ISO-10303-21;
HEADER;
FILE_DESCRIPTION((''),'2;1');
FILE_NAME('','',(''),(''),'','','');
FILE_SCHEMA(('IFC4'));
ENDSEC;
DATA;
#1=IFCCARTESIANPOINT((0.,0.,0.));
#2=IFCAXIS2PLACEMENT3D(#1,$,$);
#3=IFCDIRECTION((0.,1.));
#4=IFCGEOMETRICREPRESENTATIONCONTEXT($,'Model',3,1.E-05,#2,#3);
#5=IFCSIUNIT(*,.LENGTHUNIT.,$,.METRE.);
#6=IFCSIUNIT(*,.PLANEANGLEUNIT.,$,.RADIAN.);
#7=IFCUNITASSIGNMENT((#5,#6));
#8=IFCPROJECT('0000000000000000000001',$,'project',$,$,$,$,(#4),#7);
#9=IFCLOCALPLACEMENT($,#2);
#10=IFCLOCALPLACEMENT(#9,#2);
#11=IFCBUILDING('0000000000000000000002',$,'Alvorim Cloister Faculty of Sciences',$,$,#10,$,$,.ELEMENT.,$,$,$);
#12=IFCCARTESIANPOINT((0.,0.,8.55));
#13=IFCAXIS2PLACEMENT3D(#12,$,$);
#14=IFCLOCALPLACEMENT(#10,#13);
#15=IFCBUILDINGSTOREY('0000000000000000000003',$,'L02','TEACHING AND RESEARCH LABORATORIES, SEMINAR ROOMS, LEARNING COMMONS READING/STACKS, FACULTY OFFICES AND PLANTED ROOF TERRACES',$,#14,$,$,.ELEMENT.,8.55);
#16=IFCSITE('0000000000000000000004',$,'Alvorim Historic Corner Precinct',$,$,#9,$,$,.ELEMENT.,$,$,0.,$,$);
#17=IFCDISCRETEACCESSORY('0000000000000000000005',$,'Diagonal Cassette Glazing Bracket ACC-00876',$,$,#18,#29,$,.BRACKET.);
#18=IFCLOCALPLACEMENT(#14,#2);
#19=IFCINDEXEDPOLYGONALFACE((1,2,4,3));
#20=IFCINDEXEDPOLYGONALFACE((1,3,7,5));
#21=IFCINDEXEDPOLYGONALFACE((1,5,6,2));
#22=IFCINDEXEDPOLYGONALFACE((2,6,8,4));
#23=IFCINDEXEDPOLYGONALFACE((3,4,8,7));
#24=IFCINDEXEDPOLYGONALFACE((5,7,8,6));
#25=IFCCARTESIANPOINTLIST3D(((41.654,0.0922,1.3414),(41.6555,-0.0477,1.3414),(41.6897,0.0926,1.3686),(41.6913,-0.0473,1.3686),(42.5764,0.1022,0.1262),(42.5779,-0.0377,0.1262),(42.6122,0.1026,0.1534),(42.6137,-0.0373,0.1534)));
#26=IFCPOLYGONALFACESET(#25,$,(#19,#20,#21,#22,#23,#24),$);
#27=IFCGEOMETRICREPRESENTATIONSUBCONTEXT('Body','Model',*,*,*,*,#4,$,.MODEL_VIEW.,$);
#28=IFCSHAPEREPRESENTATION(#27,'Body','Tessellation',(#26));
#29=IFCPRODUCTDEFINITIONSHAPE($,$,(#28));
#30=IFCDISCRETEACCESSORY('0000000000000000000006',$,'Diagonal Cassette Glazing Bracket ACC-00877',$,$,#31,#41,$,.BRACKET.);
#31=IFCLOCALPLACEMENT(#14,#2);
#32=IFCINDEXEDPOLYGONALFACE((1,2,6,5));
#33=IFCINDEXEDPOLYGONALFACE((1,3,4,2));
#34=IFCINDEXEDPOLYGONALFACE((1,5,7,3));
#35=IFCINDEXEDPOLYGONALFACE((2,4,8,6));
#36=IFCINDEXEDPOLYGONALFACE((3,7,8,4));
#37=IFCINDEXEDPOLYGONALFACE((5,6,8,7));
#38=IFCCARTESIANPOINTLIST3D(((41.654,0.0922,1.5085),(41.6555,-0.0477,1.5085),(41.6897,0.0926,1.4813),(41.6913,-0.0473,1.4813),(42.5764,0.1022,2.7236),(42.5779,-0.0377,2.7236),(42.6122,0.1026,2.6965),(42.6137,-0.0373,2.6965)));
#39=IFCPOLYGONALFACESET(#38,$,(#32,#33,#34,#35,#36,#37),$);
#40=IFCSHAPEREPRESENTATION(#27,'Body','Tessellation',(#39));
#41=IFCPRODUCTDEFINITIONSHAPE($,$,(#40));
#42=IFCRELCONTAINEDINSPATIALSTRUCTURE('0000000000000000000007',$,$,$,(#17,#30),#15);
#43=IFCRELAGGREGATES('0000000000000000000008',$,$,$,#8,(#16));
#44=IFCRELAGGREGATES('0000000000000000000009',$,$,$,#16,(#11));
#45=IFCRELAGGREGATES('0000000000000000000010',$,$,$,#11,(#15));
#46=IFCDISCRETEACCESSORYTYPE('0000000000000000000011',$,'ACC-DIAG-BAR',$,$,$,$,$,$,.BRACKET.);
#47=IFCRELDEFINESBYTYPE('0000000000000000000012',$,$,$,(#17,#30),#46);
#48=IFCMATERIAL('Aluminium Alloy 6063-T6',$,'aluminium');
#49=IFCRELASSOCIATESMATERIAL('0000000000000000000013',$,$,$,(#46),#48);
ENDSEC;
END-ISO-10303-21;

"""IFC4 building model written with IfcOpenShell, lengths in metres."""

from ifc_helpers import new_model, si_unit, direction, frame, origin, origin_2d, place, context, subcontext, project, spatial, rectangle, extrude, material, type_object, element, save


model = new_model("IFC4")

# Units and contexts
model_context = context("Model", 3, precision=1e-05, world=origin(), true_north=direction((0.0, 1.0)))
body_context = subcontext(model_context, "Body", "Model", "MODEL_VIEW")
ifc_project = project(units=[si_unit("LENGTHUNIT", "METRE"), si_unit("PLANEANGLEUNIT", "RADIAN")], contexts=[model_context])

# Site, building, storey
site_placement = place(None, origin())
site = spatial("IfcSite", under=ifc_project, at=site_placement, Name="Alvorim Historic Corner Precinct", CompositionType="ELEMENT", RefElevation=0.0)
building_placement = place(site_placement, origin())
building = spatial("IfcBuilding", under=site, at=building_placement, Name="Alvorim Cloister Faculty of Sciences", CompositionType="ELEMENT")
storey_placement = place(building_placement, frame((0.0, 0.0, 8.55)))
storey = spatial("IfcBuildingStorey", under=building, at=storey_placement, Name="L02", Description="TEACHING AND RESEARCH LABORATORIES, SEMINAR ROOMS, LEARNING COMMONS READING/STACKS, FACULTY OFFICES AND PLANTED ROOF TERRACES", CompositionType="ELEMENT", Elevation=8.55)

# Shared definitions
ifc_material_1 = material(Name="Aluminium Alloy 6063-T6", Category="aluminium")

# Discrete accessories
discrete_accessory_type = type_object("IfcDiscreteAccessoryType", Name="ACC-DIAG-BAR", PredefinedType="BRACKET", material=ifc_material_1)
for number, where, z_axis, x_axis, name in (
    (1, (41.6726, 0.0225, 1.355), (0.604612, 0.006561, -0.796493), (-0.010852, 0.999941, 0.0), "Diagonal Cassette Glazing Bracket ACC-00876"),
    (2, (41.6726, 0.0225, 1.4949), (0.604612, 0.006561, 0.796493), (-0.010852, 0.999941, 0.0), "Diagonal Cassette Glazing Bracket ACC-00877"),
):
    element("IfcDiscreteAccessory", number, at=place(storey_placement, frame(where, z_axis=z_axis, x_axis=x_axis)), inside=storey, type_object=discrete_accessory_type, Name=name, PredefinedType="BRACKET", context=body_context, shape_type="SweptSolid", body=[
        extrude(rectangle(XDim=0.1399, YDim=0.0449, at=origin_2d()), origin(), (0.0, 0.0, 1.0), 1.5256),
    ])

save(model, "model.ifc")
